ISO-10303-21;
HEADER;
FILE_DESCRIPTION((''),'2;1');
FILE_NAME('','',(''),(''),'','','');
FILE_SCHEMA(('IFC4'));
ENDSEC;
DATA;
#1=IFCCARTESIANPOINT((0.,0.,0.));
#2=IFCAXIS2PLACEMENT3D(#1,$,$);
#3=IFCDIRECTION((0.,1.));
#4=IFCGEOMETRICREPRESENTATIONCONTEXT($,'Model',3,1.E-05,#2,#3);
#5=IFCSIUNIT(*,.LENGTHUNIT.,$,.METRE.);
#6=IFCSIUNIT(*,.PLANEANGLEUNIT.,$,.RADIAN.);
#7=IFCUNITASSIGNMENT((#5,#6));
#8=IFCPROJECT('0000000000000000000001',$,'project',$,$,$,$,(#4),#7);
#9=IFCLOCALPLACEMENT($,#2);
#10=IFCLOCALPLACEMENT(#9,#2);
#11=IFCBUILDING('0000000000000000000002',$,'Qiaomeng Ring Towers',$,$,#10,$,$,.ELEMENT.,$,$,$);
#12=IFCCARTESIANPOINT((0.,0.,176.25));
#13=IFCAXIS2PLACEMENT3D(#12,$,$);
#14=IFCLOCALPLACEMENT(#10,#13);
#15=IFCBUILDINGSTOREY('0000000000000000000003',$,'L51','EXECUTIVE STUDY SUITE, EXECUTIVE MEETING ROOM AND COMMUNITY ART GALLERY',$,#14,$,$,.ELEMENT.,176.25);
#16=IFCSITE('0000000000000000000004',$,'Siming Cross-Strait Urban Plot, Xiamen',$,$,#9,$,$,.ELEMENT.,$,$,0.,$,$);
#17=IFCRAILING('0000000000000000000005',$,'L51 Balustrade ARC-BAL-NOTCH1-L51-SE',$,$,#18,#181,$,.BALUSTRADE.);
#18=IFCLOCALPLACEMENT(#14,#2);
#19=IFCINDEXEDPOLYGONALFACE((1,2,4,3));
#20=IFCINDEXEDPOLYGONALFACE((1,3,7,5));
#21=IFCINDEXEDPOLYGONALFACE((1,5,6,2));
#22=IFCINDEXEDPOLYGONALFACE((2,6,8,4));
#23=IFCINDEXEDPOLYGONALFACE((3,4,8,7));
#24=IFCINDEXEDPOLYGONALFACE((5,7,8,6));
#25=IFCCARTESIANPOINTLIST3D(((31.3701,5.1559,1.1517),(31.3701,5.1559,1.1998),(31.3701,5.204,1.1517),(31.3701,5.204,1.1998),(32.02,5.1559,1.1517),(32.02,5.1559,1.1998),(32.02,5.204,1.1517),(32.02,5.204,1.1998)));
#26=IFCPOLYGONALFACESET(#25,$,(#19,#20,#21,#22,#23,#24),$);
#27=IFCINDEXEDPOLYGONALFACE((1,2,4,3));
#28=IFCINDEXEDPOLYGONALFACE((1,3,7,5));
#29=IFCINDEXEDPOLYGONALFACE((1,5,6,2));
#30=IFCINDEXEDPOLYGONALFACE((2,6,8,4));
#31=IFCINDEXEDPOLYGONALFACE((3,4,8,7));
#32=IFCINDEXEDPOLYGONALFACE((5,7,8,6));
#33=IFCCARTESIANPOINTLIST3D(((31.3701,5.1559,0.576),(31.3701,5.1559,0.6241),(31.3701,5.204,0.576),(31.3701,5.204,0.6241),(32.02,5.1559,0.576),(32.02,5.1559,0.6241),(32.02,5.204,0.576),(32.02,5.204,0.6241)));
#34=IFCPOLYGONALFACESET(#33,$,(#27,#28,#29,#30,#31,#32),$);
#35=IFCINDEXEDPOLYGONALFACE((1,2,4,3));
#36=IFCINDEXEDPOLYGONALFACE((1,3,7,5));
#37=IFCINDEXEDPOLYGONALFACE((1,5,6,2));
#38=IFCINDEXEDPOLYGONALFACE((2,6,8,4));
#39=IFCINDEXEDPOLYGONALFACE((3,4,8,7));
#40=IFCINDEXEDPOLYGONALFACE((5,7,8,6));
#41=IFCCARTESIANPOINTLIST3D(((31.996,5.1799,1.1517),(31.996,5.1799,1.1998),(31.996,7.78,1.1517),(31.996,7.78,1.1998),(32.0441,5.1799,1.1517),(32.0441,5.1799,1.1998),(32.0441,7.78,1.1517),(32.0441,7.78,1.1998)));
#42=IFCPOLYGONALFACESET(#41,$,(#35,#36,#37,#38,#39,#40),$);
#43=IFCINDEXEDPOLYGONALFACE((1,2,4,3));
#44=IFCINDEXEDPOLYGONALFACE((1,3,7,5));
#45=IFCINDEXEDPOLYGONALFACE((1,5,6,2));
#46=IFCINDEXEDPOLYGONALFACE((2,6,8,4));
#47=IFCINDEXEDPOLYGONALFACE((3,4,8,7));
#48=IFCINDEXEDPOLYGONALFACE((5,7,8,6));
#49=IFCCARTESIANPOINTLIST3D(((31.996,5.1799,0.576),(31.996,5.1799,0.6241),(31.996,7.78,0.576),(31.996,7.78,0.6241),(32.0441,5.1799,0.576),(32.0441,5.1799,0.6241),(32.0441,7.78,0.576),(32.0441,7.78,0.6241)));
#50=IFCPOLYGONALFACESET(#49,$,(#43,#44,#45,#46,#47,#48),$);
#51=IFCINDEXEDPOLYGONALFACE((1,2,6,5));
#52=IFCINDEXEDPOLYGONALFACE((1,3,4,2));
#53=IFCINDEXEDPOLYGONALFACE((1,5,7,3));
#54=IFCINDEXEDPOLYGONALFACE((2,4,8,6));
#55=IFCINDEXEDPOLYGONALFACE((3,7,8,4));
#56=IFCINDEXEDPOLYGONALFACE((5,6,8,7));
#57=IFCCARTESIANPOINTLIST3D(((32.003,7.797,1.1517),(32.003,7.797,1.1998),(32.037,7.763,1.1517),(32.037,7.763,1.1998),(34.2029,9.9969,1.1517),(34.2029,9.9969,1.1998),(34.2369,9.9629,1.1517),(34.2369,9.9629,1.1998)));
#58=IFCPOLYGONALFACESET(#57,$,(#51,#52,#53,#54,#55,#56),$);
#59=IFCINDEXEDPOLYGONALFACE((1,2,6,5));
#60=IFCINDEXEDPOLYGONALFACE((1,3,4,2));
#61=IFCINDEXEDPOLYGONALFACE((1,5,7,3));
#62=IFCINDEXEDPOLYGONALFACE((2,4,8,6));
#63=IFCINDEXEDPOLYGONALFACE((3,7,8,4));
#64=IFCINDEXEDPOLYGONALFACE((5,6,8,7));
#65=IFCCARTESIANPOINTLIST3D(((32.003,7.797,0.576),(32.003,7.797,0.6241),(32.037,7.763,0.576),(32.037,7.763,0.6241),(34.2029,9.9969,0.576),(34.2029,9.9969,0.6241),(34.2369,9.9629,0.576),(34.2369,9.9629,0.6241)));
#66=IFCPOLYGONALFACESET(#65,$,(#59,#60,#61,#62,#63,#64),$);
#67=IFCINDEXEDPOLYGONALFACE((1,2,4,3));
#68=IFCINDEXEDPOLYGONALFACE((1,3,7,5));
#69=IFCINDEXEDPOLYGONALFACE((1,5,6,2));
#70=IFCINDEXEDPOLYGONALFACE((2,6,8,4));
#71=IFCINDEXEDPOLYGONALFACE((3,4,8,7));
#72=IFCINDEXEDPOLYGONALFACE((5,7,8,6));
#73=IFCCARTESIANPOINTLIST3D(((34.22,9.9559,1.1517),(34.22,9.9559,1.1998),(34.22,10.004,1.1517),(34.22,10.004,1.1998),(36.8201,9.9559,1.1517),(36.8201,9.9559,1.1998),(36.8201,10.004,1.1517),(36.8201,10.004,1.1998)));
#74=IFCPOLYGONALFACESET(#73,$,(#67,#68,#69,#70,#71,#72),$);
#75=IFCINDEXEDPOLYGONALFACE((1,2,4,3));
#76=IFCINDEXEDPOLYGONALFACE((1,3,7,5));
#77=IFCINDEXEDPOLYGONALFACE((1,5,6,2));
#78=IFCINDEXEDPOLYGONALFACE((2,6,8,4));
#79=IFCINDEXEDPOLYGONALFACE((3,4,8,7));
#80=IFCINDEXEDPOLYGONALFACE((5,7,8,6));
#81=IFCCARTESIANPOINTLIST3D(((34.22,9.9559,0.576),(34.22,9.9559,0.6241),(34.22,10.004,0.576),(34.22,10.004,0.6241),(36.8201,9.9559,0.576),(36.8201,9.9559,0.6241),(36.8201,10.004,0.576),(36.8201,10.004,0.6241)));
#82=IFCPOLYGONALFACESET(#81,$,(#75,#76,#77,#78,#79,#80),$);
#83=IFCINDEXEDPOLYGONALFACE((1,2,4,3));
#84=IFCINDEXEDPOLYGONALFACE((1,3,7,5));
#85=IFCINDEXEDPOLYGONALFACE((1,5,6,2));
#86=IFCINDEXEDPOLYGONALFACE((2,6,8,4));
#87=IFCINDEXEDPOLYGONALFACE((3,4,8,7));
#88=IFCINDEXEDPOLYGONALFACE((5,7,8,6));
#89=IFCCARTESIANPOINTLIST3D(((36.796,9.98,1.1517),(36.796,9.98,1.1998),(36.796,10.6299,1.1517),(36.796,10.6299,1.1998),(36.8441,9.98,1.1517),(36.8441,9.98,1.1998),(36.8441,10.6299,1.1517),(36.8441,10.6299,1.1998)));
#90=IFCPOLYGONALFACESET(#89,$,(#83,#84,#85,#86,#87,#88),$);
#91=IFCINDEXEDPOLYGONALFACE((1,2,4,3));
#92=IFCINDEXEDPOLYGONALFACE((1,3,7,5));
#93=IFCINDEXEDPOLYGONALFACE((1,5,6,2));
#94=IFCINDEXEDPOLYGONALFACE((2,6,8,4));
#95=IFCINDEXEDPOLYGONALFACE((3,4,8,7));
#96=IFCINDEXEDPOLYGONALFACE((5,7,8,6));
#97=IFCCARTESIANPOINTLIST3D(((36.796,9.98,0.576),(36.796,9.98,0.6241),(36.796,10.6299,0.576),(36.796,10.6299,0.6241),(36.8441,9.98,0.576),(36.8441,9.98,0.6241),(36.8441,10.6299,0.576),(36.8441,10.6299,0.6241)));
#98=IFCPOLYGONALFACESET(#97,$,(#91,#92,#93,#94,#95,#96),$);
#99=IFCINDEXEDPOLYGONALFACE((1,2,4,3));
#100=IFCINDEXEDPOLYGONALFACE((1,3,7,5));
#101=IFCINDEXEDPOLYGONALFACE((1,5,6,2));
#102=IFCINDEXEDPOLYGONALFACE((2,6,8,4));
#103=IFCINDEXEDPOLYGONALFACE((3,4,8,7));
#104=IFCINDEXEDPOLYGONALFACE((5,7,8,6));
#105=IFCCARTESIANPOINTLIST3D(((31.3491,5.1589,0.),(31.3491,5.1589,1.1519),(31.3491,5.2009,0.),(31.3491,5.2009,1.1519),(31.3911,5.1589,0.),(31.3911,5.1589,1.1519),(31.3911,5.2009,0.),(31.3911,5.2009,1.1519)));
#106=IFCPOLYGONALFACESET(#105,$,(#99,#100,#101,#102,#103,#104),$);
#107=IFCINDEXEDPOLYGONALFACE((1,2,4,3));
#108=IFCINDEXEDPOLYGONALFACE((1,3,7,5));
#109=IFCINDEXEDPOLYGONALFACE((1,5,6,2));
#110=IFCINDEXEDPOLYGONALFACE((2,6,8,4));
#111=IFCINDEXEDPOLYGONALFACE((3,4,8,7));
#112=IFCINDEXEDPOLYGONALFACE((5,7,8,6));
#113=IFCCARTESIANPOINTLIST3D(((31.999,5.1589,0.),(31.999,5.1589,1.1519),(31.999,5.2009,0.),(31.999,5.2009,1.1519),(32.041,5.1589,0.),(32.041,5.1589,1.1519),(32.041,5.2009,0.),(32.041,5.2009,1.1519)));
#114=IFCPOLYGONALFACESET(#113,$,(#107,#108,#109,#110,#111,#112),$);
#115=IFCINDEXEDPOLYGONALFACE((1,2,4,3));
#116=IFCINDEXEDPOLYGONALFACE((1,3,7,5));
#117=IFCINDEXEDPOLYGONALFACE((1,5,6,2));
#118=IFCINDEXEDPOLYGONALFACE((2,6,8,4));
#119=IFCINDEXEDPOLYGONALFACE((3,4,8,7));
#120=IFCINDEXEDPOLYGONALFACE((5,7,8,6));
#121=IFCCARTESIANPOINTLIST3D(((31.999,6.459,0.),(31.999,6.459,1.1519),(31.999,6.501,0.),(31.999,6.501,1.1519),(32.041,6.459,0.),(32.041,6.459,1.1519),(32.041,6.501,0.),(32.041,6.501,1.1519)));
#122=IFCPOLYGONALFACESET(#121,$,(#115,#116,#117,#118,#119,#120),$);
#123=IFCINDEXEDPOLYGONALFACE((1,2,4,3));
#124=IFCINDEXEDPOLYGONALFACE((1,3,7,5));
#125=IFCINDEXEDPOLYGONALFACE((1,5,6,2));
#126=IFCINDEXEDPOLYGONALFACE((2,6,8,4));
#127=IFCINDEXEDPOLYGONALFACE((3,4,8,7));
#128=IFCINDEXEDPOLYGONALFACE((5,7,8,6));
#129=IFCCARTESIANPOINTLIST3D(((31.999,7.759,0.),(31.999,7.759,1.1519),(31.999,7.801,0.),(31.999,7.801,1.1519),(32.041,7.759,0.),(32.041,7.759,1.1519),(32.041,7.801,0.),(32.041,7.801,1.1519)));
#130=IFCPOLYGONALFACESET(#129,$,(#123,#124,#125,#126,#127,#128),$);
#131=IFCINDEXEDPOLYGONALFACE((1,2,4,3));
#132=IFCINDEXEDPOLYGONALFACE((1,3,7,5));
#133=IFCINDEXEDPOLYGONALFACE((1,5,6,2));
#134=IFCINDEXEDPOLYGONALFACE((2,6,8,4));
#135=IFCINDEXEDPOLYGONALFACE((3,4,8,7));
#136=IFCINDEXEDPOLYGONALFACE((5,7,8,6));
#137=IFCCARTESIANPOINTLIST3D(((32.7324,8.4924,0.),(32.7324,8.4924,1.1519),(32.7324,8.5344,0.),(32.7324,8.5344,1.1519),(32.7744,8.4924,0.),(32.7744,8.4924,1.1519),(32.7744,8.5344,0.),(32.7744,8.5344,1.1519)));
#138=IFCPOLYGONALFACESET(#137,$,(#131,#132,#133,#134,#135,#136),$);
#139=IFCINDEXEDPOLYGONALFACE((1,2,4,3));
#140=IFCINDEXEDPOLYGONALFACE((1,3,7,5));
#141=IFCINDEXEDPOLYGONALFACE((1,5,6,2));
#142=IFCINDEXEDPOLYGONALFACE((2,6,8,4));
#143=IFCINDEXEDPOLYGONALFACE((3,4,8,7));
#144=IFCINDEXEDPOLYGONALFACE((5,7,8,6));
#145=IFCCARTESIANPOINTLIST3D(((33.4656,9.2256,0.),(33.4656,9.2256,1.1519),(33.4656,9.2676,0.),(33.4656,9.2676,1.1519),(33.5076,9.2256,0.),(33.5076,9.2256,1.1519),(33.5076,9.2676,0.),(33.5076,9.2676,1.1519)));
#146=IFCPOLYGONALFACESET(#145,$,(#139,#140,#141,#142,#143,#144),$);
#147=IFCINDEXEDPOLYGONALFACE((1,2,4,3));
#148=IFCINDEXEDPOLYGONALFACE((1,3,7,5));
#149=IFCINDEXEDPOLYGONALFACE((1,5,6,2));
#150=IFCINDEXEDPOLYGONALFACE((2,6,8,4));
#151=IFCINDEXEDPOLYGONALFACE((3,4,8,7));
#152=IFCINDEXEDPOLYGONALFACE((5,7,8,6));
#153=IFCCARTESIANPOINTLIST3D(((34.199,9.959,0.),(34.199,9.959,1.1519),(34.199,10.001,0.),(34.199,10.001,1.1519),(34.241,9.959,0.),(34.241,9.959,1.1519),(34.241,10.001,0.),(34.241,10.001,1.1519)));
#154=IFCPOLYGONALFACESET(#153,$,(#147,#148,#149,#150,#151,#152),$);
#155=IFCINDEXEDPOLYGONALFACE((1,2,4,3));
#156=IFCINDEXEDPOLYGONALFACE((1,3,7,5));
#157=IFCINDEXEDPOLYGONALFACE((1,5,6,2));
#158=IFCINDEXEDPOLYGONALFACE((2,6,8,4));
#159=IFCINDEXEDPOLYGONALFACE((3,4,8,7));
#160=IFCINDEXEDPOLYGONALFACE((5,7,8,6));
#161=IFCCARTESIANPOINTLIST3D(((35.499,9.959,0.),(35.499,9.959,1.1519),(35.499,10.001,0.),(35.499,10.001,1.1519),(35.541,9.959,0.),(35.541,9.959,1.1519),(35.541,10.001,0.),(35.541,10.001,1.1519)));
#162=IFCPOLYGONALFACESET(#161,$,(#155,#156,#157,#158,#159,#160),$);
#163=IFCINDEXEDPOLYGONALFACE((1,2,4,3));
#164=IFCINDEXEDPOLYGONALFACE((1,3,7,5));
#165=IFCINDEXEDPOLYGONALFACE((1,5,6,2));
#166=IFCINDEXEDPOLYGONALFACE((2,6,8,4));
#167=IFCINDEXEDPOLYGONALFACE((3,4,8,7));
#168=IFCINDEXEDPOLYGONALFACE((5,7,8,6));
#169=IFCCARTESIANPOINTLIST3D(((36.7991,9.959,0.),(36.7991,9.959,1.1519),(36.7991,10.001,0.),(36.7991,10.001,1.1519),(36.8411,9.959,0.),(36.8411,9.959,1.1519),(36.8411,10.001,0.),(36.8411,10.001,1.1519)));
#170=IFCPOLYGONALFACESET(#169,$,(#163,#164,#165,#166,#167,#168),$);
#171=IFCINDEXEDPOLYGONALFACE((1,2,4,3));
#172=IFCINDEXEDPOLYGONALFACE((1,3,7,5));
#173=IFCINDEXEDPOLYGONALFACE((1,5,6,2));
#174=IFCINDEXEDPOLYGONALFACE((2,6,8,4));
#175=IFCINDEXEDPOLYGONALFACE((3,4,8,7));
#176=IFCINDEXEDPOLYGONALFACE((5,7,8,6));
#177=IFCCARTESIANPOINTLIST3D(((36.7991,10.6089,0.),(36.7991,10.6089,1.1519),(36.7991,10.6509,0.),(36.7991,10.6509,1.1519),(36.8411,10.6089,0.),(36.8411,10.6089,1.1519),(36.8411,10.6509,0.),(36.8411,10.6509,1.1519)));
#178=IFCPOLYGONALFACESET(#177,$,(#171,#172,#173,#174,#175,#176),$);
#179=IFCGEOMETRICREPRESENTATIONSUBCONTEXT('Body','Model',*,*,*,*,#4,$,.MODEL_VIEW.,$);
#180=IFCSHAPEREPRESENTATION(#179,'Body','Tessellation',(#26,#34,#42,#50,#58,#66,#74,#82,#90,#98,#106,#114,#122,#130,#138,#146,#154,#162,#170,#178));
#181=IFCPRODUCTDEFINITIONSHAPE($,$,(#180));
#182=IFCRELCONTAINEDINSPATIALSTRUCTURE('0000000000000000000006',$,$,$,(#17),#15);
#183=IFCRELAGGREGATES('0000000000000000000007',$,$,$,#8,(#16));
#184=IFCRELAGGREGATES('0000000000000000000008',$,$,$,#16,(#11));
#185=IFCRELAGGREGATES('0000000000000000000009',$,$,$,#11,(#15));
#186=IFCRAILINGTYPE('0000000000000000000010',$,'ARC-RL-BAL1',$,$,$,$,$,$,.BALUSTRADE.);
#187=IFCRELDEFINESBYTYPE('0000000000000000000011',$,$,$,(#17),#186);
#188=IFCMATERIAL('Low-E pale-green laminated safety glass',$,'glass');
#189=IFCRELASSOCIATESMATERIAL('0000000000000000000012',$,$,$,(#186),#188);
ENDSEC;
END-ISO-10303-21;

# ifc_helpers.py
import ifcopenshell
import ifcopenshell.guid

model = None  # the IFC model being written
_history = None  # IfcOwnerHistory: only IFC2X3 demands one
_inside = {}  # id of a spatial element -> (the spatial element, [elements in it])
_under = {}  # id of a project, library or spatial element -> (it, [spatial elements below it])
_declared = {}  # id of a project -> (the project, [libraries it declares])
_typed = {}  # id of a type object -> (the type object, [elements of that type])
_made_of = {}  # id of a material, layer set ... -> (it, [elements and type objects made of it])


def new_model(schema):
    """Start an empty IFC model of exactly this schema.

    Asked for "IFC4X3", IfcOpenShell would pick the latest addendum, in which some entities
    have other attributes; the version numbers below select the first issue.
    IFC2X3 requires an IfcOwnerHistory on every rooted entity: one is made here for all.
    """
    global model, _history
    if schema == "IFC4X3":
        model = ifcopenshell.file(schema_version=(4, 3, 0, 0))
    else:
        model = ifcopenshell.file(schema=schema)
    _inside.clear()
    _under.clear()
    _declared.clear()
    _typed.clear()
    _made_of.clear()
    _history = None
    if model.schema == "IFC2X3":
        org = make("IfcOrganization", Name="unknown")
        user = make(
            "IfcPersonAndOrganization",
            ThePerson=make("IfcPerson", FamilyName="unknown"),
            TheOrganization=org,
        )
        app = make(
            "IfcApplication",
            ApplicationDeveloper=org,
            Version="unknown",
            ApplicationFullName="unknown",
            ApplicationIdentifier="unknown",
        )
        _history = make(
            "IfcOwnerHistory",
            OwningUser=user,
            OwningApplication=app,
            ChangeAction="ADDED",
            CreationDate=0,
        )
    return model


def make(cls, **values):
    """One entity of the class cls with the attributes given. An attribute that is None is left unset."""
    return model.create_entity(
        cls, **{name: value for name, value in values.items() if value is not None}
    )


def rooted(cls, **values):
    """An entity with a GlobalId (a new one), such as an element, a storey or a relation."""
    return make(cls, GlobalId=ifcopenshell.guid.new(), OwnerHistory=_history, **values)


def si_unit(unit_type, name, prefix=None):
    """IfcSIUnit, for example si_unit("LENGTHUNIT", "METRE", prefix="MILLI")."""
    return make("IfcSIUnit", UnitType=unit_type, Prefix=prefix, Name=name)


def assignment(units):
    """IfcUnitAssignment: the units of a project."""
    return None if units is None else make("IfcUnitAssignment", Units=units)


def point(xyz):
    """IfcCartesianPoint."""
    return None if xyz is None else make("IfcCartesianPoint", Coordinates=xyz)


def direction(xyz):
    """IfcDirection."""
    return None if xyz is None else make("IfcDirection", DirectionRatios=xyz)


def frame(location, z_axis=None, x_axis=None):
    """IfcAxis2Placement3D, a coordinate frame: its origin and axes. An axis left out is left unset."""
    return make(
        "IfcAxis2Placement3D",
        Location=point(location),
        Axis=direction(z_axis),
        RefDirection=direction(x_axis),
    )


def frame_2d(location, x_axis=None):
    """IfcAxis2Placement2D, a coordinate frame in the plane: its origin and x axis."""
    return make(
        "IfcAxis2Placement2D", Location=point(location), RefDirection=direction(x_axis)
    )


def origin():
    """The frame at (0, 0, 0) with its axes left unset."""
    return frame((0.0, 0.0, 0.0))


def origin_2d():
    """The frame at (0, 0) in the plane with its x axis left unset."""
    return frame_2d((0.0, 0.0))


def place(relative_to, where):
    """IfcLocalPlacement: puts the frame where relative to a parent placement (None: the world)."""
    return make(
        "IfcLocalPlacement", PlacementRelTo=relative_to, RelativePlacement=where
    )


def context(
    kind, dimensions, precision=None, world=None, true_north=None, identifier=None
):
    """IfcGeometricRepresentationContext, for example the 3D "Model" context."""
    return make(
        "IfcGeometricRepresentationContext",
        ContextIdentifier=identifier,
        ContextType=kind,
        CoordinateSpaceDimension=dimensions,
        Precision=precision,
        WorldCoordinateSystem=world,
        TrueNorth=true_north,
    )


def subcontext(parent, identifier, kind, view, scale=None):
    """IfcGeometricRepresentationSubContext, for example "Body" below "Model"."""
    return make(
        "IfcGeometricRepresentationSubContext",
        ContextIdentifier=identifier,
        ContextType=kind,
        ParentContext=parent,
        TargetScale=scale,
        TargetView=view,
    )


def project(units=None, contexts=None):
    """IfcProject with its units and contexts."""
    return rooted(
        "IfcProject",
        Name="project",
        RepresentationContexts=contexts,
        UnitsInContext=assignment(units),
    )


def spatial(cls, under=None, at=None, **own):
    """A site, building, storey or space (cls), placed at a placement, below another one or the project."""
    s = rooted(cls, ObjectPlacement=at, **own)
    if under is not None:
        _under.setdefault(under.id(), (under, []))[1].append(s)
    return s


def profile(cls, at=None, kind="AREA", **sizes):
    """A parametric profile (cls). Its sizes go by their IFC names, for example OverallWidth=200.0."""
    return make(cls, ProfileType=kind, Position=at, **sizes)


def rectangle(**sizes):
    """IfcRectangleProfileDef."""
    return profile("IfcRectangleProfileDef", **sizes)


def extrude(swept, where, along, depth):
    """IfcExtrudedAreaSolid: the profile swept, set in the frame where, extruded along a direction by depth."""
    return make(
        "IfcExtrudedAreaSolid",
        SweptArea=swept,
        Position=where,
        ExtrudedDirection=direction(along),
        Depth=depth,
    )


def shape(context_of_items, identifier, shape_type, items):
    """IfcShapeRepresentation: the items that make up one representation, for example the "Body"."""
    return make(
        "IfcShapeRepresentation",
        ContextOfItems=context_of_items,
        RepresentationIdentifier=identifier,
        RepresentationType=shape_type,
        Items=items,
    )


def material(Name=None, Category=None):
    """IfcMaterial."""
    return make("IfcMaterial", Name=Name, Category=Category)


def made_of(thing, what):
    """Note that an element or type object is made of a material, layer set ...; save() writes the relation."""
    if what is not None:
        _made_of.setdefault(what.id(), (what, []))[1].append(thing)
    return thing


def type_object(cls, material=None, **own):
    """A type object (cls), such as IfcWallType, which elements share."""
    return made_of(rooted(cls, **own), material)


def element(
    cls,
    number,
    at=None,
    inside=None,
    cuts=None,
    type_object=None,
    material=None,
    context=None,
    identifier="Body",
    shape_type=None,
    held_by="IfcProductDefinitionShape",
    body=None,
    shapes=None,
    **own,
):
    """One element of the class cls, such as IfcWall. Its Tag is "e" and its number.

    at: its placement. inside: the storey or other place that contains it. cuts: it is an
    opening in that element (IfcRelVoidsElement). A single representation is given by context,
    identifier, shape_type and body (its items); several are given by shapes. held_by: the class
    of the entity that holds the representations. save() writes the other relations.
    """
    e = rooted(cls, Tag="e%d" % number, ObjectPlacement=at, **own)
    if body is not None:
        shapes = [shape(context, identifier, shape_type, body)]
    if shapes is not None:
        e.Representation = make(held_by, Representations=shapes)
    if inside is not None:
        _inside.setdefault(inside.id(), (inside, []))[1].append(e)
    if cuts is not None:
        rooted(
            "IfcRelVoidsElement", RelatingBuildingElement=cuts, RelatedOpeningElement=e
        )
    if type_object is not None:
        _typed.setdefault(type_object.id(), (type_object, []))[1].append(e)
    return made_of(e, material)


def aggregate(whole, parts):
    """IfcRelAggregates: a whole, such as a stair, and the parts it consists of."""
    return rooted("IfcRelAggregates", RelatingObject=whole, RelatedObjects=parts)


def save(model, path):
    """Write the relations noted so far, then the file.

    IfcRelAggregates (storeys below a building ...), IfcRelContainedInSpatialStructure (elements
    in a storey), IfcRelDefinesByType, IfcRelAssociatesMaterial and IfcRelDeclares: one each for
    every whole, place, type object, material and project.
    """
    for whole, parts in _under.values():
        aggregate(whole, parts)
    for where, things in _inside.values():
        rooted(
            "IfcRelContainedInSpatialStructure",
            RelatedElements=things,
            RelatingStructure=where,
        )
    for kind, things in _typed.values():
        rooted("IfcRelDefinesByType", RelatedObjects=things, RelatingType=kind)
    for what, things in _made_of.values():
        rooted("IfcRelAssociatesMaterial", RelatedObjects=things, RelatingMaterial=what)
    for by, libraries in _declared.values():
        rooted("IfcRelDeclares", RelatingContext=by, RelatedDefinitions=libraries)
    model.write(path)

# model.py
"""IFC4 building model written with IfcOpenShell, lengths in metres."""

from ifc_helpers import new_model, si_unit, direction, frame, origin, origin_2d, place, context, subcontext, project, spatial, rectangle, extrude, material, type_object, element, save


model = new_model("IFC4")

# Units and contexts
model_context = context("Model", 3, precision=1e-05, world=origin(), true_north=direction((0.0, 1.0)))
body_context = subcontext(model_context, "Body", "Model", "MODEL_VIEW")
ifc_project = project(units=[si_unit("LENGTHUNIT", "METRE"), si_unit("PLANEANGLEUNIT", "RADIAN")], contexts=[model_context])

# Site, building, storey
site_placement = place(None, origin())
site = spatial("IfcSite", under=ifc_project, at=site_placement, Name="Siming Cross-Strait Urban Plot, Xiamen", CompositionType="ELEMENT", RefElevation=0.0)
building_placement = place(site_placement, origin())
building = spatial("IfcBuilding", under=site, at=building_placement, Name="Qiaomeng Ring Towers", CompositionType="ELEMENT")
storey_placement = place(building_placement, frame((0.0, 0.0, 176.25)))
storey = spatial("IfcBuildingStorey", under=building, at=storey_placement, Name="L51", Description="EXECUTIVE STUDY SUITE, EXECUTIVE MEETING ROOM AND COMMUNITY ART GALLERY", CompositionType="ELEMENT", Elevation=176.25)

# Railing
ifc_material_1 = material(Name="Low-E pale-green laminated safety glass", Category="glass")
railing_type = type_object("IfcRailingType", Name="ARC-RL-BAL1", PredefinedType="BALUSTRADE", material=ifc_material_1)
railing_placement = place(storey_placement, frame((31.3701, 5.1799, 0.0)))
element("IfcRailing", 1, at=railing_placement, inside=storey, type_object=railing_type, Name="L51 Balustrade ARC-BAL-NOTCH1-L51-SE", PredefinedType="BALUSTRADE", context=body_context, shape_type="SweptSolid", body=[
    extrude(rectangle(XDim=0.0481, YDim=0.0481, at=origin_2d()), frame((0.0, 0.0, 1.1758), z_axis=(1.0, 0.0, 0.0), x_axis=(0.0, 1.0, 0.0)), (0.0, 0.0, 1.0), 0.6499),
    extrude(rectangle(XDim=0.0481, YDim=0.0481, at=origin_2d()), frame((0.0, 0.0, 0.6001), z_axis=(1.0, 0.0, 0.0), x_axis=(0.0, 1.0, 0.0)), (0.0, 0.0, 1.0), 0.6499),
    extrude(rectangle(XDim=0.0481, YDim=0.0481, at=origin_2d()), frame((0.6499, 0.0, 1.1758), z_axis=(0.0, 1.0, 0.0), x_axis=(-1.0, 0.0, 0.0)), (0.0, 0.0, 1.0), 2.6001),
    extrude(rectangle(XDim=0.0481, YDim=0.0481, at=origin_2d()), frame((0.6499, 0.0, 0.6001), z_axis=(0.0, 1.0, 0.0), x_axis=(-1.0, 0.0, 0.0)), (0.0, 0.0, 1.0), 2.6001),
    extrude(rectangle(XDim=0.0481, YDim=0.0481, at=origin_2d()), frame((0.6499, 2.6001, 1.1758), z_axis=(0.707107, 0.707107, 0.0), x_axis=(-0.707107, 0.707107, 0.0)), (0.0, 0.0, 1.0), 3.1111),
    extrude(rectangle(XDim=0.0481, YDim=0.0481, at=origin_2d()), frame((0.6499, 2.6001, 0.6001), z_axis=(0.707107, 0.707107, 0.0), x_axis=(-0.707107, 0.707107, 0.0)), (0.0, 0.0, 1.0), 3.1111),
    extrude(rectangle(XDim=0.0481, YDim=0.0481, at=origin_2d()), frame((2.8499, 4.8, 1.1758), z_axis=(1.0, 0.0, 0.0), x_axis=(0.0, 1.0, 0.0)), (0.0, 0.0, 1.0), 2.6001),
    extrude(rectangle(XDim=0.0481, YDim=0.0481, at=origin_2d()), frame((2.8499, 4.8, 0.6001), z_axis=(1.0, 0.0, 0.0), x_axis=(0.0, 1.0, 0.0)), (0.0, 0.0, 1.0), 2.6001),
    extrude(rectangle(XDim=0.0481, YDim=0.0481, at=origin_2d()), frame((5.45, 4.8, 1.1758), z_axis=(0.0, 1.0, 0.0), x_axis=(-1.0, 0.0, 0.0)), (0.0, 0.0, 1.0), 0.6499),
    extrude(rectangle(XDim=0.0481, YDim=0.0481, at=origin_2d()), frame((5.45, 4.8, 0.6001), z_axis=(0.0, 1.0, 0.0), x_axis=(-1.0, 0.0, 0.0)), (0.0, 0.0, 1.0), 0.6499),
    extrude(rectangle(XDim=0.042, YDim=0.042, at=origin_2d()), origin(), (0.0, 0.0, 1.0), 1.1519),
    extrude(rectangle(XDim=0.042, YDim=0.042, at=origin_2d()), frame((0.6499, 0.0, 0.0)), (0.0, 0.0, 1.0), 1.1519),
    extrude(rectangle(XDim=0.042, YDim=0.042, at=origin_2d()), frame((0.6499, 1.3, 0.0)), (0.0, 0.0, 1.0), 1.1519),
    extrude(rectangle(XDim=0.042, YDim=0.042, at=origin_2d()), frame((0.6499, 2.6001, 0.0)), (0.0, 0.0, 1.0), 1.1519),
    extrude(rectangle(XDim=0.042, YDim=0.042, at=origin_2d()), frame((1.3833, 3.3335, 0.0)), (0.0, 0.0, 1.0), 1.1519),
    extrude(rectangle(XDim=0.042, YDim=0.042, at=origin_2d()), frame((2.1165, 4.0667, 0.0)), (0.0, 0.0, 1.0), 1.1519),
    extrude(rectangle(XDim=0.042, YDim=0.042, at=origin_2d()), frame((2.8499, 4.8, 0.0)), (0.0, 0.0, 1.0), 1.1519),
    extrude(rectangle(XDim=0.042, YDim=0.042, at=origin_2d()), frame((4.1499, 4.8, 0.0)), (0.0, 0.0, 1.0), 1.1519),
    extrude(rectangle(XDim=0.042, YDim=0.042, at=origin_2d()), frame((5.45, 4.8, 0.0)), (0.0, 0.0, 1.0), 1.1519),
    extrude(rectangle(XDim=0.042, YDim=0.042, at=origin_2d()), frame((5.45, 5.45, 0.0)), (0.0, 0.0, 1.0), 1.1519),
])

save(model, "model.ifc")
